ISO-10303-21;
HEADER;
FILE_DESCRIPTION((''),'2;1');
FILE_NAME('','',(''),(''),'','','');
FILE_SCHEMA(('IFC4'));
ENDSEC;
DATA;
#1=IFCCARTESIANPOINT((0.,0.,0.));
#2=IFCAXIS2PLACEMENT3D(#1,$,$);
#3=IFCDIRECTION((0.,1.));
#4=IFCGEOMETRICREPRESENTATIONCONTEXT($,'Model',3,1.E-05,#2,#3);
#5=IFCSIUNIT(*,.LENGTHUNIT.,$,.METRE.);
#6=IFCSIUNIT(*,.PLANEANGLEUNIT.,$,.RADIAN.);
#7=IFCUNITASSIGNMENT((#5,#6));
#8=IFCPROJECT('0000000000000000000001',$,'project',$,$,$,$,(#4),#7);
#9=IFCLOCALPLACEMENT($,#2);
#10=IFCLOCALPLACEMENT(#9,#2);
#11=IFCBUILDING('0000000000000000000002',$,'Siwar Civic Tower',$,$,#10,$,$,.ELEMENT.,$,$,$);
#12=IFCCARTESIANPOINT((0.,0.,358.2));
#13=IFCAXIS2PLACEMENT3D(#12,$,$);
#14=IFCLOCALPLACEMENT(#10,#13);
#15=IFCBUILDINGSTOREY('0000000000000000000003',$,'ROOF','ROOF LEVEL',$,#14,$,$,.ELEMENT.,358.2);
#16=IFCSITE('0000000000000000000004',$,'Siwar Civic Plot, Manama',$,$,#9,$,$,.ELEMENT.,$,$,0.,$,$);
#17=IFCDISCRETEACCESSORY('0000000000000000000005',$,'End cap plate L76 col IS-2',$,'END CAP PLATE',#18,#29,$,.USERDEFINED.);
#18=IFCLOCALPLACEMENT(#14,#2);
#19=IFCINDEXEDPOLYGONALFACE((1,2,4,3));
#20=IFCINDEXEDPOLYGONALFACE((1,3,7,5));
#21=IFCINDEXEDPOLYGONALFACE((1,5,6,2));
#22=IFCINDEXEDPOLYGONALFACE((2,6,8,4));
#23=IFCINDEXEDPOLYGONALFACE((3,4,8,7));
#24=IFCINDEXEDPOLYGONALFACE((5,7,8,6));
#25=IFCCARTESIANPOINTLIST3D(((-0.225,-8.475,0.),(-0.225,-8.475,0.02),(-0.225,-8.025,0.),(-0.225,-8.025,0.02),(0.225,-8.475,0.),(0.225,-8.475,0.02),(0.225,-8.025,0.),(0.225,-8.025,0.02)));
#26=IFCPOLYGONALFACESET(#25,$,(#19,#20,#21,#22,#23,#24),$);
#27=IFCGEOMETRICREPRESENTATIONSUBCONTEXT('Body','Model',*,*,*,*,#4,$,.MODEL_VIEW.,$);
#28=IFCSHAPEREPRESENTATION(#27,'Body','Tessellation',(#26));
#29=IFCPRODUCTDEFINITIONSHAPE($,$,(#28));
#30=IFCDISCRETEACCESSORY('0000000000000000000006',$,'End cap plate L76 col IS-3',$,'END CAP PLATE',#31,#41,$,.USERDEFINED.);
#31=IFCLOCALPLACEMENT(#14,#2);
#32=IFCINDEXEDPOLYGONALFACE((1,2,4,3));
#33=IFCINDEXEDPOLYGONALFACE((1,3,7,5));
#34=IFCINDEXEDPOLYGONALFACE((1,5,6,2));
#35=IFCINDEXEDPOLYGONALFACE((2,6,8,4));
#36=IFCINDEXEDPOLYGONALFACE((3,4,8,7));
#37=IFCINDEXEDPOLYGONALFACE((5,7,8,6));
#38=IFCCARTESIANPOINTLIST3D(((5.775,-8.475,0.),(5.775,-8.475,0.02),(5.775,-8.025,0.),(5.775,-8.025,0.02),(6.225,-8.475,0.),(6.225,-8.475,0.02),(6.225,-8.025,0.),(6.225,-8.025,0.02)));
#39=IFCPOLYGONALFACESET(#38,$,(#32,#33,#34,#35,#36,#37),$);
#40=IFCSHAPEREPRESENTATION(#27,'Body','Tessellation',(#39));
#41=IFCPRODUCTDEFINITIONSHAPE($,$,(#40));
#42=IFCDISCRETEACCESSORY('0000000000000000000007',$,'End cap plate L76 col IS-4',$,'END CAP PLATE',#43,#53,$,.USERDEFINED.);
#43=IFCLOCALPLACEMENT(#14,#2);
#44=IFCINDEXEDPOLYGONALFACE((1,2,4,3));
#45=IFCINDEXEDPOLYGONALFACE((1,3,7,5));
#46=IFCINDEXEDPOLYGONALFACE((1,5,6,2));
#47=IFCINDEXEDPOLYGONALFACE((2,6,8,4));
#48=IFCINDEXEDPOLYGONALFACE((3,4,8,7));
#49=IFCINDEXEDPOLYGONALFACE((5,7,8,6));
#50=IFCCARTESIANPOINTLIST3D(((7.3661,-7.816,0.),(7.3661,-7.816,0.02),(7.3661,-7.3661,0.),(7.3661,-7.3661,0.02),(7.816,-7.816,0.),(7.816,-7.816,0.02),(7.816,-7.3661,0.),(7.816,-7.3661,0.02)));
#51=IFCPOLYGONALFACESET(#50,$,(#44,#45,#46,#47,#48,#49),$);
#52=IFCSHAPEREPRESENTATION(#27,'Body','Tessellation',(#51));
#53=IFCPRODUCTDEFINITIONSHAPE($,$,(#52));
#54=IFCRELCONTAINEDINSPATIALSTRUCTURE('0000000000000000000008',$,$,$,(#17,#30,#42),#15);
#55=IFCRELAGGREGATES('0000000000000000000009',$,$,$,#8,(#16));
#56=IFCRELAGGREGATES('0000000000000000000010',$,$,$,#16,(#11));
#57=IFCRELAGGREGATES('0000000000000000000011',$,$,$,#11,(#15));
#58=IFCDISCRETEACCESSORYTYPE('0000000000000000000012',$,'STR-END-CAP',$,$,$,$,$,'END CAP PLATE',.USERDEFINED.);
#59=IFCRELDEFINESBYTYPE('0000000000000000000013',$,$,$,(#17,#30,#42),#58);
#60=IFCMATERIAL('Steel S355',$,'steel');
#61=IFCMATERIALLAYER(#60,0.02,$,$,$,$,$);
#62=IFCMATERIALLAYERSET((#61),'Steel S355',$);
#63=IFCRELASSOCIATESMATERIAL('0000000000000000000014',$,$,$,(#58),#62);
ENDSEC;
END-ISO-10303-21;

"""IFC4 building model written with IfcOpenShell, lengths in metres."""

from ifc_helpers import new_model, si_unit, direction, frame, origin, origin_2d, place, context, subcontext, project, spatial, rectangle, extrude, material, layer, layer_set, type_object, element, save


model = new_model("IFC4")

# Units and contexts
model_context = context("Model", 3, precision=1e-05, world=origin(), true_north=direction((0.0, 1.0)))
body_context = subcontext(model_context, "Body", "Model", "MODEL_VIEW")
ifc_project = project(units=[si_unit("LENGTHUNIT", "METRE"), si_unit("PLANEANGLEUNIT", "RADIAN")], contexts=[model_context])

# Site, building, storey
site_placement = place(None, origin())
site = spatial("IfcSite", under=ifc_project, at=site_placement, Name="Siwar Civic Plot, Manama", CompositionType="ELEMENT", RefElevation=0.0)
building_placement = place(site_placement, origin())
building = spatial("IfcBuilding", under=site, at=building_placement, Name="Siwar Civic Tower", CompositionType="ELEMENT")
storey_placement = place(building_placement, frame((0.0, 0.0, 358.2)))
storey = spatial("IfcBuildingStorey", under=building, at=storey_placement, Name="ROOF", Description="ROOF LEVEL", CompositionType="ELEMENT", Elevation=358.2)

# Discrete accessories
ifc_material_1 = material(Name="Steel S355", Category="steel")
ifc_layer_1 = layer(ifc_material_1, 0.02)
ifc_layer_set_1 = layer_set([ifc_layer_1], Name="Steel S355")
discrete_accessory_type = type_object("IfcDiscreteAccessoryType", Name="STR-END-CAP", ElementType="END CAP PLATE", PredefinedType="USERDEFINED", material=ifc_layer_set_1)
for number, where, z_axis, x_axis, name in (
    (1, (0.0, -8.25, 0.0), (0.0, 0.0, 1.0), (1.0, 0.0, 0.0), "End cap plate L76 col IS-2"),
    (2, (6.0, -8.25, 0.0), (0.0, 0.0, 1.0), (1.0, 0.0, 0.0), "End cap plate L76 col IS-3"),
    (3, (7.5911, -7.5911, 0.0), (0.0, 0.0, 1.0), (1.0, 0.0, 0.0), "End cap plate L76 col IS-4"),
):
    element("IfcDiscreteAccessory", number, at=place(storey_placement, frame(where, z_axis=z_axis, x_axis=x_axis)), inside=storey, type_object=discrete_accessory_type, Name=name, ObjectType="END CAP PLATE", PredefinedType="USERDEFINED", context=body_context, shape_type="SweptSolid", body=[
        extrude(rectangle(XDim=0.45, YDim=0.45, at=origin_2d()), origin(), (0.0, 0.0, 1.0), 0.02),
    ])

save(model, "model.ifc")
